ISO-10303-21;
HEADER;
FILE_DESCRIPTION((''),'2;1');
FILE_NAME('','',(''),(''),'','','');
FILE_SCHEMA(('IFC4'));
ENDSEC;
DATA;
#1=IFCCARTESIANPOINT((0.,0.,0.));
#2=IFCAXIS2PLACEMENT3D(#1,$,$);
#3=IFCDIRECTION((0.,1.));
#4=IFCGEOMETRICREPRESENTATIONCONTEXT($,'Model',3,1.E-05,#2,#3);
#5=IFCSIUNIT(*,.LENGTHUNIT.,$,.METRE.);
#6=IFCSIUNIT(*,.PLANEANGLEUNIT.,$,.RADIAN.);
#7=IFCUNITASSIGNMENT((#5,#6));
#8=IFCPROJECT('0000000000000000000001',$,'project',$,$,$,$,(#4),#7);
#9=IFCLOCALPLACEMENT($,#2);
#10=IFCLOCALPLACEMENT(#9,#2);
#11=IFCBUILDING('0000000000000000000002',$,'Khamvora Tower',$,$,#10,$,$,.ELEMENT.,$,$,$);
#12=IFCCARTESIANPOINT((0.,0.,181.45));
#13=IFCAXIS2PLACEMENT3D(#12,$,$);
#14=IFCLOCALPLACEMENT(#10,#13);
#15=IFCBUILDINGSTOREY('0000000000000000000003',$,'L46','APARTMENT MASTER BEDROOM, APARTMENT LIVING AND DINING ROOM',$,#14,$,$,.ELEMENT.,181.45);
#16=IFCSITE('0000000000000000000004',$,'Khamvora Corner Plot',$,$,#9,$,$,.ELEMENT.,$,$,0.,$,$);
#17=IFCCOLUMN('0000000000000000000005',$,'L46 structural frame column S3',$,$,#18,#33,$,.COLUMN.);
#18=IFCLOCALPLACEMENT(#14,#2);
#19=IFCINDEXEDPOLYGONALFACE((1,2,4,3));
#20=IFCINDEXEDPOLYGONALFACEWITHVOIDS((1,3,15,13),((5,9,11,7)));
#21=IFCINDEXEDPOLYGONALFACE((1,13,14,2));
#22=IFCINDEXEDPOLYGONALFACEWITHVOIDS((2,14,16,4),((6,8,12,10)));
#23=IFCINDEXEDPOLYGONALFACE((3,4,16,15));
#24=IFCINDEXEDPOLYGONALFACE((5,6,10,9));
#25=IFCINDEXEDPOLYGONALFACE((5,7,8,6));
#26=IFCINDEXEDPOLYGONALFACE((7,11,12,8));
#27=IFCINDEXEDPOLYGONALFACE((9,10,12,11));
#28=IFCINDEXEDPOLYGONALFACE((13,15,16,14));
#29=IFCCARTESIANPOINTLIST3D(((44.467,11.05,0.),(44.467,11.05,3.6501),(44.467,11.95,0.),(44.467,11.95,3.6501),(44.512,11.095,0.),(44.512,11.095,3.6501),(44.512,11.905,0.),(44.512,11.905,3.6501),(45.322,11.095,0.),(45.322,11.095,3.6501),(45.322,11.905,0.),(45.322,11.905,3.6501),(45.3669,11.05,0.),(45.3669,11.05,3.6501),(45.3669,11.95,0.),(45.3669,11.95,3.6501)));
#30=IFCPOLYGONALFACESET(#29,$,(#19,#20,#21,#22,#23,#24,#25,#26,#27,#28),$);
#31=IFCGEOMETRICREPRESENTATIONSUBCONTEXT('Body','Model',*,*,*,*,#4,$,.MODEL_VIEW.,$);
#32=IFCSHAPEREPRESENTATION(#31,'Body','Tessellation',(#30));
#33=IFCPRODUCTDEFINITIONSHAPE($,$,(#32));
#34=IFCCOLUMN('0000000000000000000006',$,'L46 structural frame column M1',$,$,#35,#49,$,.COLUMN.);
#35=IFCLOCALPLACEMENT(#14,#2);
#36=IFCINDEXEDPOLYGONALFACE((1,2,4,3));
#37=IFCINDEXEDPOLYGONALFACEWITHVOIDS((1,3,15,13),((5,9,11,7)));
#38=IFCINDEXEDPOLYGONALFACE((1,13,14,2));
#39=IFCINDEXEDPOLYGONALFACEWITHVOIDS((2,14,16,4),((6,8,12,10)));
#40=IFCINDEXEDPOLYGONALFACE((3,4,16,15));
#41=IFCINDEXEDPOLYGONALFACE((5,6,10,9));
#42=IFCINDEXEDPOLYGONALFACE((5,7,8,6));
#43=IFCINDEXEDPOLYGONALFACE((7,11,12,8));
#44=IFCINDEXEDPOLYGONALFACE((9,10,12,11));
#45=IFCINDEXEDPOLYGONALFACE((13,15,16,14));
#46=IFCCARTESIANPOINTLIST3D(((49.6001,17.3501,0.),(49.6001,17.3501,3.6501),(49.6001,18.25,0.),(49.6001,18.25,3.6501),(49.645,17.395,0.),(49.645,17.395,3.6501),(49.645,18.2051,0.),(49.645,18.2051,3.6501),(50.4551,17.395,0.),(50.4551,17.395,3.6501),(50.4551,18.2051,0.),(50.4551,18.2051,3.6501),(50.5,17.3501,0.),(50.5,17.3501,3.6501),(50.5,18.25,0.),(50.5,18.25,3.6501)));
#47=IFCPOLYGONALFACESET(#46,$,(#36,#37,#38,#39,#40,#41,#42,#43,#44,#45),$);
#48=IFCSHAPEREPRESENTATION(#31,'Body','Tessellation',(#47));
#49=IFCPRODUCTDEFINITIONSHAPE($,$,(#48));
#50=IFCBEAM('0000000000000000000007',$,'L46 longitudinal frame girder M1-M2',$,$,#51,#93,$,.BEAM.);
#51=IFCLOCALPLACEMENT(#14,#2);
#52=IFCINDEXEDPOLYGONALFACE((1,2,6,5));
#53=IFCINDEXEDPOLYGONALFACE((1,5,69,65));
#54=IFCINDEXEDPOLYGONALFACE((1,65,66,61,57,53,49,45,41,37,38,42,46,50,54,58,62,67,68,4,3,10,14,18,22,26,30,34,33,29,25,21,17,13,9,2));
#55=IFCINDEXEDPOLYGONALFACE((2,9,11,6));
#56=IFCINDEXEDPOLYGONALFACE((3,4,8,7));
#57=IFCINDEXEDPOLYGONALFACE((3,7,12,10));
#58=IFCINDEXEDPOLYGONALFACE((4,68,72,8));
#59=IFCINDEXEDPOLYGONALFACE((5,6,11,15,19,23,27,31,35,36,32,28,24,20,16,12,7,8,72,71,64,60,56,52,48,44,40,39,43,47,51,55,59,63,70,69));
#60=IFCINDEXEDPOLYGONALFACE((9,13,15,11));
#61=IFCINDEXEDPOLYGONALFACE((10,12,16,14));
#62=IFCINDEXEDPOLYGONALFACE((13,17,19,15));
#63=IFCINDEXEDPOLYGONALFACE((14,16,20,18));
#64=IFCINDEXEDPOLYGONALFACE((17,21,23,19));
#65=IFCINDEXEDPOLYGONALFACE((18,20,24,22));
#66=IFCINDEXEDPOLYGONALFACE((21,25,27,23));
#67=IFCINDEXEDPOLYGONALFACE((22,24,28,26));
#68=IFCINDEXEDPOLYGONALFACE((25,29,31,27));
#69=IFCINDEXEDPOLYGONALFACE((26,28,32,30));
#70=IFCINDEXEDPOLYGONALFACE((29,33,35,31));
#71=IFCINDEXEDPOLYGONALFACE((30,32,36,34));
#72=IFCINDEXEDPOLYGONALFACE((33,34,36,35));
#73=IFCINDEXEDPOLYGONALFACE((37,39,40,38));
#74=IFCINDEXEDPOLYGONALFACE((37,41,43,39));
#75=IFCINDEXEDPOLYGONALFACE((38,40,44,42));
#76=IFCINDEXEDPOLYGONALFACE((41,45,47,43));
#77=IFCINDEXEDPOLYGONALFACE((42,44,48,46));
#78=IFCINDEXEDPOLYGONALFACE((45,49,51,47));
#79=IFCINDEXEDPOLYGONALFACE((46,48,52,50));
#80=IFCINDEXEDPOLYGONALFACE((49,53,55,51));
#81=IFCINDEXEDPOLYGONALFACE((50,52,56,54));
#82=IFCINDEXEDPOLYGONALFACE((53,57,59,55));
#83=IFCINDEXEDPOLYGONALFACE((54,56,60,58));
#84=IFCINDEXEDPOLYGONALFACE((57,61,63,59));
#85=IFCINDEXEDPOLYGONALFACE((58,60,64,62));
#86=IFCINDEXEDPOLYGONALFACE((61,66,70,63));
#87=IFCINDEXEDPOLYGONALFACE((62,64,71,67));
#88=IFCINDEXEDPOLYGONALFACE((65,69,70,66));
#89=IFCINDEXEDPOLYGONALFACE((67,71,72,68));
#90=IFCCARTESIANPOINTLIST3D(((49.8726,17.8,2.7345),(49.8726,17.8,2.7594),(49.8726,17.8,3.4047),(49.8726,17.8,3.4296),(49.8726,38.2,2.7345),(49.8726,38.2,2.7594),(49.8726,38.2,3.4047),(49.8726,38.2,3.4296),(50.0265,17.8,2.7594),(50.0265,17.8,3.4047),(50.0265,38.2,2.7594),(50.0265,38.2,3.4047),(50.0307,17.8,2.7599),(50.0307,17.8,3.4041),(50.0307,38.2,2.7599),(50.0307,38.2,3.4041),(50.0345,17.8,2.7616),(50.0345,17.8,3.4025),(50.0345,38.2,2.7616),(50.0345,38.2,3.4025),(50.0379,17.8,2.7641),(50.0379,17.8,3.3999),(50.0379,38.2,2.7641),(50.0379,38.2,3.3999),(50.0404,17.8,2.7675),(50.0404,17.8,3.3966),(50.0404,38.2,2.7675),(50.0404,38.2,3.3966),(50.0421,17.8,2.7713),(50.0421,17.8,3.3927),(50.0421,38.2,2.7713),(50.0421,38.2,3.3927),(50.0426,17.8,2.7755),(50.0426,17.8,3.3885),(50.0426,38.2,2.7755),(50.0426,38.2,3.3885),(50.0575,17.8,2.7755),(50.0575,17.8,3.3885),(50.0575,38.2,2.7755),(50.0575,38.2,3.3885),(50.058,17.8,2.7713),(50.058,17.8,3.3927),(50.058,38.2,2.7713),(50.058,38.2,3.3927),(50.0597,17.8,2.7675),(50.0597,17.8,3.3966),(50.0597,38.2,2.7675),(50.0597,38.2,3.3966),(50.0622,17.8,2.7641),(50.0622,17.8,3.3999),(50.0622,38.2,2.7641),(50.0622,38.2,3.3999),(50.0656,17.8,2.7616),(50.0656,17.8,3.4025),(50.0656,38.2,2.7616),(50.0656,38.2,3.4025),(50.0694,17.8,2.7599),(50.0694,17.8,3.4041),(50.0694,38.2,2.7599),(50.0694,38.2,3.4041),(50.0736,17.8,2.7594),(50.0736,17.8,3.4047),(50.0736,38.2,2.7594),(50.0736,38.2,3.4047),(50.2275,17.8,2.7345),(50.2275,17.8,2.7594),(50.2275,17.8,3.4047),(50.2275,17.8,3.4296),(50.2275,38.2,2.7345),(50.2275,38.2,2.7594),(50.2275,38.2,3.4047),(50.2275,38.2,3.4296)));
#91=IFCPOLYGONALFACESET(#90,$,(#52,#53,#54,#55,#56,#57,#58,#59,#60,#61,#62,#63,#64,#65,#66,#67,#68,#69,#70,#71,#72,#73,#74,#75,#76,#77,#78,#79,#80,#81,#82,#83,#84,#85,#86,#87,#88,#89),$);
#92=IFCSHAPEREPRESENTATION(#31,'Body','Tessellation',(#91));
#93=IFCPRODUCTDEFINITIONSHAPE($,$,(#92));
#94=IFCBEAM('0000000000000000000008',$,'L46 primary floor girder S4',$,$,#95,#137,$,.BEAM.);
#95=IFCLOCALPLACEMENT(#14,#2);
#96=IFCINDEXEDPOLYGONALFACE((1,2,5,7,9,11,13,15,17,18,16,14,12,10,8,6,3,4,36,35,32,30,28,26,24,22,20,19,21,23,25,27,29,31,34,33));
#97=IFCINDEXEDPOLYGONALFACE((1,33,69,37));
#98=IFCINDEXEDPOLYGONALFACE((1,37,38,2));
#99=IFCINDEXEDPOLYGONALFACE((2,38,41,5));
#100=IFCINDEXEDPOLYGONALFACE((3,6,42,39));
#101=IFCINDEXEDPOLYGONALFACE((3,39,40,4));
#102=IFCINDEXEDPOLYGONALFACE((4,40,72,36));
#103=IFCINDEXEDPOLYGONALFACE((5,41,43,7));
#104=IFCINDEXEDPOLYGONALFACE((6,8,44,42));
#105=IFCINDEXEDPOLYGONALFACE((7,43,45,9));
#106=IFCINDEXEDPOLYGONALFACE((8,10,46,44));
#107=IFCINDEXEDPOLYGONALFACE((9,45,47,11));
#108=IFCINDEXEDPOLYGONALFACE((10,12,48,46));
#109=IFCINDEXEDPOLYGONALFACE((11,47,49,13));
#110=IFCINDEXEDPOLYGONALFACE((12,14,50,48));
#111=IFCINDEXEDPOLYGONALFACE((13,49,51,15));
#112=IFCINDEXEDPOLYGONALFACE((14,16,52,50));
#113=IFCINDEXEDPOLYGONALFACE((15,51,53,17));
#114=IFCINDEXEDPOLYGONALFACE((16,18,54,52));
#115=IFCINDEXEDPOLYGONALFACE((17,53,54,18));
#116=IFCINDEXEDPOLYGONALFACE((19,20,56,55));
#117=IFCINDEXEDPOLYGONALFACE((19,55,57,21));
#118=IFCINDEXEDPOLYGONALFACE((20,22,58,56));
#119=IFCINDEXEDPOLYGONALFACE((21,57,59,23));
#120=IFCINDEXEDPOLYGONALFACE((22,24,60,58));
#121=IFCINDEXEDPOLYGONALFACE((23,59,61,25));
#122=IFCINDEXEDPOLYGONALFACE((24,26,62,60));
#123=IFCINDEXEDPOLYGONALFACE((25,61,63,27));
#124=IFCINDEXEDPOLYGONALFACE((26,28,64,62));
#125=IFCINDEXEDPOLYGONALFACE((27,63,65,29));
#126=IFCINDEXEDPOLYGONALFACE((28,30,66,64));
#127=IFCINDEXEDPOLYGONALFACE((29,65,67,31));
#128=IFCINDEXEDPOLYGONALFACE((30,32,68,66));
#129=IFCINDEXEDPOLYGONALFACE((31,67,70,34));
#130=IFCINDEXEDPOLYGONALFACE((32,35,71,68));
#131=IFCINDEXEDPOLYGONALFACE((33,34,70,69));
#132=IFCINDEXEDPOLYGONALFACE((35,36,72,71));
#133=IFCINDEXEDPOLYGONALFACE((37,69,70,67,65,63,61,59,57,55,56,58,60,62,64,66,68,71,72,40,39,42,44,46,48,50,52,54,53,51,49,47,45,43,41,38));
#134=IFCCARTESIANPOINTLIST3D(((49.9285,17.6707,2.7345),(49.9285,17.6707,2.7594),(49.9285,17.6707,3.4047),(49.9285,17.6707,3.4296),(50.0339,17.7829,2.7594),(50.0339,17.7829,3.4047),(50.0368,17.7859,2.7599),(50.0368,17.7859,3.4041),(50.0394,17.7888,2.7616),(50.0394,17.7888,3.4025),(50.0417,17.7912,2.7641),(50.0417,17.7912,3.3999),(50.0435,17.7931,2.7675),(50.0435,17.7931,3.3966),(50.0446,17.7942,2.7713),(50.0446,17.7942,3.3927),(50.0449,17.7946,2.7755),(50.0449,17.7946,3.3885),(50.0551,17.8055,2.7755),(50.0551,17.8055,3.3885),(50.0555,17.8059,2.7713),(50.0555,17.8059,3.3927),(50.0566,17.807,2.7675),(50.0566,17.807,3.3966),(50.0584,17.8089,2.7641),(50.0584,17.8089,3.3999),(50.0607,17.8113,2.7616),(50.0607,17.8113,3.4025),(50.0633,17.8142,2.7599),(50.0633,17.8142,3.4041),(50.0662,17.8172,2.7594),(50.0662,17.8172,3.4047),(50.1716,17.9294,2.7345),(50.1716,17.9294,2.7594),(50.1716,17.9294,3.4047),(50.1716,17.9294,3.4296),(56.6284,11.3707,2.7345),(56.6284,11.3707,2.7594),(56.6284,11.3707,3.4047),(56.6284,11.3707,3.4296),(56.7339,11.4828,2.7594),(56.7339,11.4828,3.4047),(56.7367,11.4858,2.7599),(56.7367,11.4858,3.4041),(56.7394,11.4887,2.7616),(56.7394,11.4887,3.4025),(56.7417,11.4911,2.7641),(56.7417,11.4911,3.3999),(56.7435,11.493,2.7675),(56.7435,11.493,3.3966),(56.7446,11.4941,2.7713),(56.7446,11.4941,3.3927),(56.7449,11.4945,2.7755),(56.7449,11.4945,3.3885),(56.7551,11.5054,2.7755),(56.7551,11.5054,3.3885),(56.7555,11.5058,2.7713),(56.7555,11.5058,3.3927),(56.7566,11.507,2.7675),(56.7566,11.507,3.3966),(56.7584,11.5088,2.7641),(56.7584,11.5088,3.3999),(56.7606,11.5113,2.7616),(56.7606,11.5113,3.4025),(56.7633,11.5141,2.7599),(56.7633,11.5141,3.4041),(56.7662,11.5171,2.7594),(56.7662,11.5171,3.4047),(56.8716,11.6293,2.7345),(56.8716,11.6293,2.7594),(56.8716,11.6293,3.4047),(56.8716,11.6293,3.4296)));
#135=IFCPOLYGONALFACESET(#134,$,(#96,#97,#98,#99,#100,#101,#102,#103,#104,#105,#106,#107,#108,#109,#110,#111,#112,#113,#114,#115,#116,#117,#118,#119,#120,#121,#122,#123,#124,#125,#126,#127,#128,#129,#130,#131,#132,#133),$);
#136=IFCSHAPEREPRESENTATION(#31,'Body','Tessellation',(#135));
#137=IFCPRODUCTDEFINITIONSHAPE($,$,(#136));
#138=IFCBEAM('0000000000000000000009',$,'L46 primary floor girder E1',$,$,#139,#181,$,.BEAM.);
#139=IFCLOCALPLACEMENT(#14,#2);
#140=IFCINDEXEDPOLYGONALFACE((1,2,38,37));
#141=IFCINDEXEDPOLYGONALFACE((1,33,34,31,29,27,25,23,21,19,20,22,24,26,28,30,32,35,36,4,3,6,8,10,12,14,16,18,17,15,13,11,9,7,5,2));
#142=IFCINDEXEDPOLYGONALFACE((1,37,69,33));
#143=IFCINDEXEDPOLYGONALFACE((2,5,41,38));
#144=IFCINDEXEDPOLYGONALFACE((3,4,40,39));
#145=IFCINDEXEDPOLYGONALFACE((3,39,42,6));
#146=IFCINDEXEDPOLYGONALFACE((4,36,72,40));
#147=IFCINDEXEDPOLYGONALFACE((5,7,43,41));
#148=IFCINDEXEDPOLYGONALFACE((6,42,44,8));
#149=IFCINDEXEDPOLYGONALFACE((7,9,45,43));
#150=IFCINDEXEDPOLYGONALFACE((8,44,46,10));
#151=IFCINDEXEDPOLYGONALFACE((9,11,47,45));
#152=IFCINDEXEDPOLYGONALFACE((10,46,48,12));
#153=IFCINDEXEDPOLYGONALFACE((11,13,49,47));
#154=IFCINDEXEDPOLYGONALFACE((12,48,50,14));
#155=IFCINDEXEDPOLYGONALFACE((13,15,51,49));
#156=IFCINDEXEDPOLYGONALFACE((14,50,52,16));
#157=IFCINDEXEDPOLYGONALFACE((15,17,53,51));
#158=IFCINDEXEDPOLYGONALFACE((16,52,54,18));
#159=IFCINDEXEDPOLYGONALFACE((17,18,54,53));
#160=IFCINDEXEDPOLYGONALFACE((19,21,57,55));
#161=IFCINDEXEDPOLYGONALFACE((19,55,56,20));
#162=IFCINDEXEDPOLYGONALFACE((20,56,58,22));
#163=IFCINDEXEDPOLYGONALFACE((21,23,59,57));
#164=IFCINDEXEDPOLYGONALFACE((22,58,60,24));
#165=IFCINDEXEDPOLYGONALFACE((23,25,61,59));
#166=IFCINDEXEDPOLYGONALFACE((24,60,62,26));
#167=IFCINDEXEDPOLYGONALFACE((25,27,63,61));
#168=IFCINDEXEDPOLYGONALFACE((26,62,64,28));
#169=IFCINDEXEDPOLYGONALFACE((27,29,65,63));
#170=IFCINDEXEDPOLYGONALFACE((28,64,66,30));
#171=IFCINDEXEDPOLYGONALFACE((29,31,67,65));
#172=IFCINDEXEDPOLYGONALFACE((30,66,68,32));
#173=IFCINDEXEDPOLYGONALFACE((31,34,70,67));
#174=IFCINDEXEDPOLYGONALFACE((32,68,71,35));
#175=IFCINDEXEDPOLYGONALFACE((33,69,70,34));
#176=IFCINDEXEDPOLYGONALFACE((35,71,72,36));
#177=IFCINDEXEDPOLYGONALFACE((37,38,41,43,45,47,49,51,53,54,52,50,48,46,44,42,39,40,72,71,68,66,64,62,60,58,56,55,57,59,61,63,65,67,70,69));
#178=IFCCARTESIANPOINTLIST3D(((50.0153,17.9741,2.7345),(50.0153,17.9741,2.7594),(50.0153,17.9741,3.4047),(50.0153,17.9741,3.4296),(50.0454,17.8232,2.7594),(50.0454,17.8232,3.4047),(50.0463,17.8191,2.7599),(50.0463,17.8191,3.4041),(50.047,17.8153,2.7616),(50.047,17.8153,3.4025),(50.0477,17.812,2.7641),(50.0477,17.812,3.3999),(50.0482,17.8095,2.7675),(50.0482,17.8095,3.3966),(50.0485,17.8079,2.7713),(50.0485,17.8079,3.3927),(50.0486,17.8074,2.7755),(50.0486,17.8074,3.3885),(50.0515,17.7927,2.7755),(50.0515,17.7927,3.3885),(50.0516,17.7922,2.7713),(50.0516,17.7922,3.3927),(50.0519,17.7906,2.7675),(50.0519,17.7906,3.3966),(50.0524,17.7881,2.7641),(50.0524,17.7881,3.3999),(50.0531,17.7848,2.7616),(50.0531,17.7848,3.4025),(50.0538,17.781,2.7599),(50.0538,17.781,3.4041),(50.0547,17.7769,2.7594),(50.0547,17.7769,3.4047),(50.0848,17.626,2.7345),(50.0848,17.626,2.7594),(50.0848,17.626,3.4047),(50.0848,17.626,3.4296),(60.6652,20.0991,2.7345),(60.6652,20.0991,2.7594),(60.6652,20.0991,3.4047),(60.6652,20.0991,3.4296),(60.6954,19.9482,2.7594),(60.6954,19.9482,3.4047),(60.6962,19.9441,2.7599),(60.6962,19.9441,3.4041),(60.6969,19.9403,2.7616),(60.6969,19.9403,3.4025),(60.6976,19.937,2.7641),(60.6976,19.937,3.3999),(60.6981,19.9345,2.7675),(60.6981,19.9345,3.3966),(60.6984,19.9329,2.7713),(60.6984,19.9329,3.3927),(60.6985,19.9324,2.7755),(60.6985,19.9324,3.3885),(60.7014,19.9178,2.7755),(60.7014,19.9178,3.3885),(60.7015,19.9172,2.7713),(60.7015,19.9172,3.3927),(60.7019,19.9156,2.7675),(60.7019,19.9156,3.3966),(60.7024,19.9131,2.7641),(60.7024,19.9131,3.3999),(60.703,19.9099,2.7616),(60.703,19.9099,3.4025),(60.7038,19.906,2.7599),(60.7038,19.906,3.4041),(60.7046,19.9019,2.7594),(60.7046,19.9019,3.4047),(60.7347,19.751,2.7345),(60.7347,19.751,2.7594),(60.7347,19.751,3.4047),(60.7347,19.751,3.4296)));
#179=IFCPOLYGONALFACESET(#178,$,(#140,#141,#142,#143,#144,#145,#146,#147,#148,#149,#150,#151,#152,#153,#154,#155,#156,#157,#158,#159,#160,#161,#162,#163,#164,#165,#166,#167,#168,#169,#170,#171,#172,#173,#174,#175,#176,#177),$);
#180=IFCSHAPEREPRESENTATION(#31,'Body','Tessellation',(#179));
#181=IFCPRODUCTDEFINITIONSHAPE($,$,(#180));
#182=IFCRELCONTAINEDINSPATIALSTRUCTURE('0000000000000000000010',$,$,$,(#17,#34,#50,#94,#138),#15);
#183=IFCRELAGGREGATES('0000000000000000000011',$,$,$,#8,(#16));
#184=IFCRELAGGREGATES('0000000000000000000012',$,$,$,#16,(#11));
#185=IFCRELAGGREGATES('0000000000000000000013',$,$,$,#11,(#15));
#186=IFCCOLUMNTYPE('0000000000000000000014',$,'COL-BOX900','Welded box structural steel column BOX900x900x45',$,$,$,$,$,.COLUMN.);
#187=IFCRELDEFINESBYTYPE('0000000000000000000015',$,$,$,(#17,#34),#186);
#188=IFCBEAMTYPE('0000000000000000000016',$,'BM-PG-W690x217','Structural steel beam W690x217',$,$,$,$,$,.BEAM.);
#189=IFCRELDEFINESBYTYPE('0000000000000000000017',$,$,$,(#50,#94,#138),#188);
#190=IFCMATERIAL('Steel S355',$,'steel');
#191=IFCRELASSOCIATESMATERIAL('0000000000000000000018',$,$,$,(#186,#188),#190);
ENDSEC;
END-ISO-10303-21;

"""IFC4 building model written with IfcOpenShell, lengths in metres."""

from ifc_helpers import new_model, si_unit, direction, frame, origin, origin_2d, place, context, subcontext, project, spatial, hollow_rectangle, i_section, extrude, material, material_profile, profile_set, type_object, element, save


model = new_model("IFC4")

# Units and contexts
model_context = context("Model", 3, precision=1e-05, world=origin(), true_north=direction((0.0, 1.0)))
body_context = subcontext(model_context, "Body", "Model", "MODEL_VIEW")
ifc_project = project(units=[si_unit("LENGTHUNIT", "METRE"), si_unit("PLANEANGLEUNIT", "RADIAN")], contexts=[model_context])

# Site, building, storey
site_placement = place(None, origin())
site = spatial("IfcSite", under=ifc_project, at=site_placement, Name="Khamvora Corner Plot", CompositionType="ELEMENT", RefElevation=0.0)
building_placement = place(site_placement, origin())
building = spatial("IfcBuilding", under=site, at=building_placement, Name="Khamvora Tower", CompositionType="ELEMENT")
storey_placement = place(building_placement, frame((0.0, 0.0, 181.45)))
storey = spatial("IfcBuildingStorey", under=building, at=storey_placement, Name="L46", Description="APARTMENT MASTER BEDROOM, APARTMENT LIVING AND DINING ROOM", CompositionType="ELEMENT", Elevation=181.45)

# Columns
ifc_material_1 = material(Name="Steel S355", Category="steel")
ifc_material_profile_1 = material_profile(ifc_material_1, hollow_rectangle(XDim=0.8999, YDim=0.8999, WallThickness=0.0449, at=origin_2d()), Name="BOX900x900x45")
ifc_profile_set_1 = profile_set([ifc_material_profile_1], Name="Steel S355")
column_type = type_object("IfcColumnType", Name="COL-BOX900", Description="Welded box structural steel column BOX900x900x45", PredefinedType="COLUMN", material=ifc_profile_set_1)
for number, where, z_axis, x_axis, name in (
    (1, (44.917, 11.5, 0.0), (0.0, 0.0, 1.0), (1.0, 0.0, 0.0), "L46 structural frame column S3"),
    (2, (50.05, 17.8, 0.0), (0.0, 0.0, 1.0), (1.0, 0.0, 0.0), "L46 structural frame column M1"),
):
    element("IfcColumn", number, at=place(storey_placement, frame(where, z_axis=z_axis, x_axis=x_axis)), inside=storey, type_object=column_type, Name=name, PredefinedType="COLUMN", context=body_context, shape_type="SweptSolid", body=[
        extrude(hollow_rectangle(XDim=0.8999, YDim=0.8999, WallThickness=0.0449, at=origin_2d()), origin(), (0.0, 0.0, 1.0), 3.6501),
    ])

# Beams
ifc_material_profile_2 = material_profile(ifc_material_1, i_section(OverallWidth=0.355, OverallDepth=0.6951, WebThickness=0.0149, FlangeThickness=0.0249, FilletRadius=0.0161, at=origin_2d()), Name="W690x217")
ifc_profile_set_2 = profile_set([ifc_material_profile_2], Name="Steel S355")
beam_type_1 = type_object("IfcBeamType", Name="BM-PG-W690x217", Description="Structural steel beam W690x217", PredefinedType="BEAM", material=ifc_profile_set_2)
beam_1_placement = place(storey_placement, frame((50.05, 17.8, 3.082), z_axis=(0.0, 1.0, 0.0), x_axis=(-1.0, 0.0, 0.0)))
element("IfcBeam", 3, at=beam_1_placement, inside=storey, type_object=beam_type_1, Name="L46 longitudinal frame girder M1-M2", PredefinedType="BEAM", context=body_context, shape_type="SweptSolid", body=[
    extrude(i_section(OverallWidth=0.355, OverallDepth=0.6951, WebThickness=0.0149, FlangeThickness=0.0249, FilletRadius=0.0161, at=origin_2d()), origin(), (0.0, 0.0, 1.0), 20.3999),
])
beam_2_placement = place(storey_placement, frame((50.05, 17.8, 3.082), z_axis=(0.728514, -0.685031, 0.0), x_axis=(0.685031, 0.728514, 0.0)))
element("IfcBeam", 4, at=beam_2_placement, inside=storey, type_object=beam_type_1, Name="L46 primary floor girder S4", PredefinedType="BEAM", context=body_context, shape_type="SweptSolid", body=[
    extrude(i_section(OverallWidth=0.355, OverallDepth=0.6951, WebThickness=0.0149, FlangeThickness=0.0249, FilletRadius=0.0161, at=origin_2d()), origin(), (0.0, 0.0, 1.0), 9.1968),
])
beam_3_placement = place(storey_placement, frame((50.05, 17.8, 3.082), z_axis=(0.980669, 0.195675, 0.0), x_axis=(-0.195675, 0.980669, 0.0)))
element("IfcBeam", 5, at=beam_3_placement, inside=storey, type_object=beam_type_1, Name="L46 primary floor girder E1", PredefinedType="BEAM", context=body_context, shape_type="SweptSolid", body=[
    extrude(i_section(OverallWidth=0.355, OverallDepth=0.6951, WebThickness=0.0149, FlangeThickness=0.0249, FilletRadius=0.0161, at=origin_2d()), origin(), (0.0, 0.0, 1.0), 10.8599),
])

save(model, "model.ifc")
